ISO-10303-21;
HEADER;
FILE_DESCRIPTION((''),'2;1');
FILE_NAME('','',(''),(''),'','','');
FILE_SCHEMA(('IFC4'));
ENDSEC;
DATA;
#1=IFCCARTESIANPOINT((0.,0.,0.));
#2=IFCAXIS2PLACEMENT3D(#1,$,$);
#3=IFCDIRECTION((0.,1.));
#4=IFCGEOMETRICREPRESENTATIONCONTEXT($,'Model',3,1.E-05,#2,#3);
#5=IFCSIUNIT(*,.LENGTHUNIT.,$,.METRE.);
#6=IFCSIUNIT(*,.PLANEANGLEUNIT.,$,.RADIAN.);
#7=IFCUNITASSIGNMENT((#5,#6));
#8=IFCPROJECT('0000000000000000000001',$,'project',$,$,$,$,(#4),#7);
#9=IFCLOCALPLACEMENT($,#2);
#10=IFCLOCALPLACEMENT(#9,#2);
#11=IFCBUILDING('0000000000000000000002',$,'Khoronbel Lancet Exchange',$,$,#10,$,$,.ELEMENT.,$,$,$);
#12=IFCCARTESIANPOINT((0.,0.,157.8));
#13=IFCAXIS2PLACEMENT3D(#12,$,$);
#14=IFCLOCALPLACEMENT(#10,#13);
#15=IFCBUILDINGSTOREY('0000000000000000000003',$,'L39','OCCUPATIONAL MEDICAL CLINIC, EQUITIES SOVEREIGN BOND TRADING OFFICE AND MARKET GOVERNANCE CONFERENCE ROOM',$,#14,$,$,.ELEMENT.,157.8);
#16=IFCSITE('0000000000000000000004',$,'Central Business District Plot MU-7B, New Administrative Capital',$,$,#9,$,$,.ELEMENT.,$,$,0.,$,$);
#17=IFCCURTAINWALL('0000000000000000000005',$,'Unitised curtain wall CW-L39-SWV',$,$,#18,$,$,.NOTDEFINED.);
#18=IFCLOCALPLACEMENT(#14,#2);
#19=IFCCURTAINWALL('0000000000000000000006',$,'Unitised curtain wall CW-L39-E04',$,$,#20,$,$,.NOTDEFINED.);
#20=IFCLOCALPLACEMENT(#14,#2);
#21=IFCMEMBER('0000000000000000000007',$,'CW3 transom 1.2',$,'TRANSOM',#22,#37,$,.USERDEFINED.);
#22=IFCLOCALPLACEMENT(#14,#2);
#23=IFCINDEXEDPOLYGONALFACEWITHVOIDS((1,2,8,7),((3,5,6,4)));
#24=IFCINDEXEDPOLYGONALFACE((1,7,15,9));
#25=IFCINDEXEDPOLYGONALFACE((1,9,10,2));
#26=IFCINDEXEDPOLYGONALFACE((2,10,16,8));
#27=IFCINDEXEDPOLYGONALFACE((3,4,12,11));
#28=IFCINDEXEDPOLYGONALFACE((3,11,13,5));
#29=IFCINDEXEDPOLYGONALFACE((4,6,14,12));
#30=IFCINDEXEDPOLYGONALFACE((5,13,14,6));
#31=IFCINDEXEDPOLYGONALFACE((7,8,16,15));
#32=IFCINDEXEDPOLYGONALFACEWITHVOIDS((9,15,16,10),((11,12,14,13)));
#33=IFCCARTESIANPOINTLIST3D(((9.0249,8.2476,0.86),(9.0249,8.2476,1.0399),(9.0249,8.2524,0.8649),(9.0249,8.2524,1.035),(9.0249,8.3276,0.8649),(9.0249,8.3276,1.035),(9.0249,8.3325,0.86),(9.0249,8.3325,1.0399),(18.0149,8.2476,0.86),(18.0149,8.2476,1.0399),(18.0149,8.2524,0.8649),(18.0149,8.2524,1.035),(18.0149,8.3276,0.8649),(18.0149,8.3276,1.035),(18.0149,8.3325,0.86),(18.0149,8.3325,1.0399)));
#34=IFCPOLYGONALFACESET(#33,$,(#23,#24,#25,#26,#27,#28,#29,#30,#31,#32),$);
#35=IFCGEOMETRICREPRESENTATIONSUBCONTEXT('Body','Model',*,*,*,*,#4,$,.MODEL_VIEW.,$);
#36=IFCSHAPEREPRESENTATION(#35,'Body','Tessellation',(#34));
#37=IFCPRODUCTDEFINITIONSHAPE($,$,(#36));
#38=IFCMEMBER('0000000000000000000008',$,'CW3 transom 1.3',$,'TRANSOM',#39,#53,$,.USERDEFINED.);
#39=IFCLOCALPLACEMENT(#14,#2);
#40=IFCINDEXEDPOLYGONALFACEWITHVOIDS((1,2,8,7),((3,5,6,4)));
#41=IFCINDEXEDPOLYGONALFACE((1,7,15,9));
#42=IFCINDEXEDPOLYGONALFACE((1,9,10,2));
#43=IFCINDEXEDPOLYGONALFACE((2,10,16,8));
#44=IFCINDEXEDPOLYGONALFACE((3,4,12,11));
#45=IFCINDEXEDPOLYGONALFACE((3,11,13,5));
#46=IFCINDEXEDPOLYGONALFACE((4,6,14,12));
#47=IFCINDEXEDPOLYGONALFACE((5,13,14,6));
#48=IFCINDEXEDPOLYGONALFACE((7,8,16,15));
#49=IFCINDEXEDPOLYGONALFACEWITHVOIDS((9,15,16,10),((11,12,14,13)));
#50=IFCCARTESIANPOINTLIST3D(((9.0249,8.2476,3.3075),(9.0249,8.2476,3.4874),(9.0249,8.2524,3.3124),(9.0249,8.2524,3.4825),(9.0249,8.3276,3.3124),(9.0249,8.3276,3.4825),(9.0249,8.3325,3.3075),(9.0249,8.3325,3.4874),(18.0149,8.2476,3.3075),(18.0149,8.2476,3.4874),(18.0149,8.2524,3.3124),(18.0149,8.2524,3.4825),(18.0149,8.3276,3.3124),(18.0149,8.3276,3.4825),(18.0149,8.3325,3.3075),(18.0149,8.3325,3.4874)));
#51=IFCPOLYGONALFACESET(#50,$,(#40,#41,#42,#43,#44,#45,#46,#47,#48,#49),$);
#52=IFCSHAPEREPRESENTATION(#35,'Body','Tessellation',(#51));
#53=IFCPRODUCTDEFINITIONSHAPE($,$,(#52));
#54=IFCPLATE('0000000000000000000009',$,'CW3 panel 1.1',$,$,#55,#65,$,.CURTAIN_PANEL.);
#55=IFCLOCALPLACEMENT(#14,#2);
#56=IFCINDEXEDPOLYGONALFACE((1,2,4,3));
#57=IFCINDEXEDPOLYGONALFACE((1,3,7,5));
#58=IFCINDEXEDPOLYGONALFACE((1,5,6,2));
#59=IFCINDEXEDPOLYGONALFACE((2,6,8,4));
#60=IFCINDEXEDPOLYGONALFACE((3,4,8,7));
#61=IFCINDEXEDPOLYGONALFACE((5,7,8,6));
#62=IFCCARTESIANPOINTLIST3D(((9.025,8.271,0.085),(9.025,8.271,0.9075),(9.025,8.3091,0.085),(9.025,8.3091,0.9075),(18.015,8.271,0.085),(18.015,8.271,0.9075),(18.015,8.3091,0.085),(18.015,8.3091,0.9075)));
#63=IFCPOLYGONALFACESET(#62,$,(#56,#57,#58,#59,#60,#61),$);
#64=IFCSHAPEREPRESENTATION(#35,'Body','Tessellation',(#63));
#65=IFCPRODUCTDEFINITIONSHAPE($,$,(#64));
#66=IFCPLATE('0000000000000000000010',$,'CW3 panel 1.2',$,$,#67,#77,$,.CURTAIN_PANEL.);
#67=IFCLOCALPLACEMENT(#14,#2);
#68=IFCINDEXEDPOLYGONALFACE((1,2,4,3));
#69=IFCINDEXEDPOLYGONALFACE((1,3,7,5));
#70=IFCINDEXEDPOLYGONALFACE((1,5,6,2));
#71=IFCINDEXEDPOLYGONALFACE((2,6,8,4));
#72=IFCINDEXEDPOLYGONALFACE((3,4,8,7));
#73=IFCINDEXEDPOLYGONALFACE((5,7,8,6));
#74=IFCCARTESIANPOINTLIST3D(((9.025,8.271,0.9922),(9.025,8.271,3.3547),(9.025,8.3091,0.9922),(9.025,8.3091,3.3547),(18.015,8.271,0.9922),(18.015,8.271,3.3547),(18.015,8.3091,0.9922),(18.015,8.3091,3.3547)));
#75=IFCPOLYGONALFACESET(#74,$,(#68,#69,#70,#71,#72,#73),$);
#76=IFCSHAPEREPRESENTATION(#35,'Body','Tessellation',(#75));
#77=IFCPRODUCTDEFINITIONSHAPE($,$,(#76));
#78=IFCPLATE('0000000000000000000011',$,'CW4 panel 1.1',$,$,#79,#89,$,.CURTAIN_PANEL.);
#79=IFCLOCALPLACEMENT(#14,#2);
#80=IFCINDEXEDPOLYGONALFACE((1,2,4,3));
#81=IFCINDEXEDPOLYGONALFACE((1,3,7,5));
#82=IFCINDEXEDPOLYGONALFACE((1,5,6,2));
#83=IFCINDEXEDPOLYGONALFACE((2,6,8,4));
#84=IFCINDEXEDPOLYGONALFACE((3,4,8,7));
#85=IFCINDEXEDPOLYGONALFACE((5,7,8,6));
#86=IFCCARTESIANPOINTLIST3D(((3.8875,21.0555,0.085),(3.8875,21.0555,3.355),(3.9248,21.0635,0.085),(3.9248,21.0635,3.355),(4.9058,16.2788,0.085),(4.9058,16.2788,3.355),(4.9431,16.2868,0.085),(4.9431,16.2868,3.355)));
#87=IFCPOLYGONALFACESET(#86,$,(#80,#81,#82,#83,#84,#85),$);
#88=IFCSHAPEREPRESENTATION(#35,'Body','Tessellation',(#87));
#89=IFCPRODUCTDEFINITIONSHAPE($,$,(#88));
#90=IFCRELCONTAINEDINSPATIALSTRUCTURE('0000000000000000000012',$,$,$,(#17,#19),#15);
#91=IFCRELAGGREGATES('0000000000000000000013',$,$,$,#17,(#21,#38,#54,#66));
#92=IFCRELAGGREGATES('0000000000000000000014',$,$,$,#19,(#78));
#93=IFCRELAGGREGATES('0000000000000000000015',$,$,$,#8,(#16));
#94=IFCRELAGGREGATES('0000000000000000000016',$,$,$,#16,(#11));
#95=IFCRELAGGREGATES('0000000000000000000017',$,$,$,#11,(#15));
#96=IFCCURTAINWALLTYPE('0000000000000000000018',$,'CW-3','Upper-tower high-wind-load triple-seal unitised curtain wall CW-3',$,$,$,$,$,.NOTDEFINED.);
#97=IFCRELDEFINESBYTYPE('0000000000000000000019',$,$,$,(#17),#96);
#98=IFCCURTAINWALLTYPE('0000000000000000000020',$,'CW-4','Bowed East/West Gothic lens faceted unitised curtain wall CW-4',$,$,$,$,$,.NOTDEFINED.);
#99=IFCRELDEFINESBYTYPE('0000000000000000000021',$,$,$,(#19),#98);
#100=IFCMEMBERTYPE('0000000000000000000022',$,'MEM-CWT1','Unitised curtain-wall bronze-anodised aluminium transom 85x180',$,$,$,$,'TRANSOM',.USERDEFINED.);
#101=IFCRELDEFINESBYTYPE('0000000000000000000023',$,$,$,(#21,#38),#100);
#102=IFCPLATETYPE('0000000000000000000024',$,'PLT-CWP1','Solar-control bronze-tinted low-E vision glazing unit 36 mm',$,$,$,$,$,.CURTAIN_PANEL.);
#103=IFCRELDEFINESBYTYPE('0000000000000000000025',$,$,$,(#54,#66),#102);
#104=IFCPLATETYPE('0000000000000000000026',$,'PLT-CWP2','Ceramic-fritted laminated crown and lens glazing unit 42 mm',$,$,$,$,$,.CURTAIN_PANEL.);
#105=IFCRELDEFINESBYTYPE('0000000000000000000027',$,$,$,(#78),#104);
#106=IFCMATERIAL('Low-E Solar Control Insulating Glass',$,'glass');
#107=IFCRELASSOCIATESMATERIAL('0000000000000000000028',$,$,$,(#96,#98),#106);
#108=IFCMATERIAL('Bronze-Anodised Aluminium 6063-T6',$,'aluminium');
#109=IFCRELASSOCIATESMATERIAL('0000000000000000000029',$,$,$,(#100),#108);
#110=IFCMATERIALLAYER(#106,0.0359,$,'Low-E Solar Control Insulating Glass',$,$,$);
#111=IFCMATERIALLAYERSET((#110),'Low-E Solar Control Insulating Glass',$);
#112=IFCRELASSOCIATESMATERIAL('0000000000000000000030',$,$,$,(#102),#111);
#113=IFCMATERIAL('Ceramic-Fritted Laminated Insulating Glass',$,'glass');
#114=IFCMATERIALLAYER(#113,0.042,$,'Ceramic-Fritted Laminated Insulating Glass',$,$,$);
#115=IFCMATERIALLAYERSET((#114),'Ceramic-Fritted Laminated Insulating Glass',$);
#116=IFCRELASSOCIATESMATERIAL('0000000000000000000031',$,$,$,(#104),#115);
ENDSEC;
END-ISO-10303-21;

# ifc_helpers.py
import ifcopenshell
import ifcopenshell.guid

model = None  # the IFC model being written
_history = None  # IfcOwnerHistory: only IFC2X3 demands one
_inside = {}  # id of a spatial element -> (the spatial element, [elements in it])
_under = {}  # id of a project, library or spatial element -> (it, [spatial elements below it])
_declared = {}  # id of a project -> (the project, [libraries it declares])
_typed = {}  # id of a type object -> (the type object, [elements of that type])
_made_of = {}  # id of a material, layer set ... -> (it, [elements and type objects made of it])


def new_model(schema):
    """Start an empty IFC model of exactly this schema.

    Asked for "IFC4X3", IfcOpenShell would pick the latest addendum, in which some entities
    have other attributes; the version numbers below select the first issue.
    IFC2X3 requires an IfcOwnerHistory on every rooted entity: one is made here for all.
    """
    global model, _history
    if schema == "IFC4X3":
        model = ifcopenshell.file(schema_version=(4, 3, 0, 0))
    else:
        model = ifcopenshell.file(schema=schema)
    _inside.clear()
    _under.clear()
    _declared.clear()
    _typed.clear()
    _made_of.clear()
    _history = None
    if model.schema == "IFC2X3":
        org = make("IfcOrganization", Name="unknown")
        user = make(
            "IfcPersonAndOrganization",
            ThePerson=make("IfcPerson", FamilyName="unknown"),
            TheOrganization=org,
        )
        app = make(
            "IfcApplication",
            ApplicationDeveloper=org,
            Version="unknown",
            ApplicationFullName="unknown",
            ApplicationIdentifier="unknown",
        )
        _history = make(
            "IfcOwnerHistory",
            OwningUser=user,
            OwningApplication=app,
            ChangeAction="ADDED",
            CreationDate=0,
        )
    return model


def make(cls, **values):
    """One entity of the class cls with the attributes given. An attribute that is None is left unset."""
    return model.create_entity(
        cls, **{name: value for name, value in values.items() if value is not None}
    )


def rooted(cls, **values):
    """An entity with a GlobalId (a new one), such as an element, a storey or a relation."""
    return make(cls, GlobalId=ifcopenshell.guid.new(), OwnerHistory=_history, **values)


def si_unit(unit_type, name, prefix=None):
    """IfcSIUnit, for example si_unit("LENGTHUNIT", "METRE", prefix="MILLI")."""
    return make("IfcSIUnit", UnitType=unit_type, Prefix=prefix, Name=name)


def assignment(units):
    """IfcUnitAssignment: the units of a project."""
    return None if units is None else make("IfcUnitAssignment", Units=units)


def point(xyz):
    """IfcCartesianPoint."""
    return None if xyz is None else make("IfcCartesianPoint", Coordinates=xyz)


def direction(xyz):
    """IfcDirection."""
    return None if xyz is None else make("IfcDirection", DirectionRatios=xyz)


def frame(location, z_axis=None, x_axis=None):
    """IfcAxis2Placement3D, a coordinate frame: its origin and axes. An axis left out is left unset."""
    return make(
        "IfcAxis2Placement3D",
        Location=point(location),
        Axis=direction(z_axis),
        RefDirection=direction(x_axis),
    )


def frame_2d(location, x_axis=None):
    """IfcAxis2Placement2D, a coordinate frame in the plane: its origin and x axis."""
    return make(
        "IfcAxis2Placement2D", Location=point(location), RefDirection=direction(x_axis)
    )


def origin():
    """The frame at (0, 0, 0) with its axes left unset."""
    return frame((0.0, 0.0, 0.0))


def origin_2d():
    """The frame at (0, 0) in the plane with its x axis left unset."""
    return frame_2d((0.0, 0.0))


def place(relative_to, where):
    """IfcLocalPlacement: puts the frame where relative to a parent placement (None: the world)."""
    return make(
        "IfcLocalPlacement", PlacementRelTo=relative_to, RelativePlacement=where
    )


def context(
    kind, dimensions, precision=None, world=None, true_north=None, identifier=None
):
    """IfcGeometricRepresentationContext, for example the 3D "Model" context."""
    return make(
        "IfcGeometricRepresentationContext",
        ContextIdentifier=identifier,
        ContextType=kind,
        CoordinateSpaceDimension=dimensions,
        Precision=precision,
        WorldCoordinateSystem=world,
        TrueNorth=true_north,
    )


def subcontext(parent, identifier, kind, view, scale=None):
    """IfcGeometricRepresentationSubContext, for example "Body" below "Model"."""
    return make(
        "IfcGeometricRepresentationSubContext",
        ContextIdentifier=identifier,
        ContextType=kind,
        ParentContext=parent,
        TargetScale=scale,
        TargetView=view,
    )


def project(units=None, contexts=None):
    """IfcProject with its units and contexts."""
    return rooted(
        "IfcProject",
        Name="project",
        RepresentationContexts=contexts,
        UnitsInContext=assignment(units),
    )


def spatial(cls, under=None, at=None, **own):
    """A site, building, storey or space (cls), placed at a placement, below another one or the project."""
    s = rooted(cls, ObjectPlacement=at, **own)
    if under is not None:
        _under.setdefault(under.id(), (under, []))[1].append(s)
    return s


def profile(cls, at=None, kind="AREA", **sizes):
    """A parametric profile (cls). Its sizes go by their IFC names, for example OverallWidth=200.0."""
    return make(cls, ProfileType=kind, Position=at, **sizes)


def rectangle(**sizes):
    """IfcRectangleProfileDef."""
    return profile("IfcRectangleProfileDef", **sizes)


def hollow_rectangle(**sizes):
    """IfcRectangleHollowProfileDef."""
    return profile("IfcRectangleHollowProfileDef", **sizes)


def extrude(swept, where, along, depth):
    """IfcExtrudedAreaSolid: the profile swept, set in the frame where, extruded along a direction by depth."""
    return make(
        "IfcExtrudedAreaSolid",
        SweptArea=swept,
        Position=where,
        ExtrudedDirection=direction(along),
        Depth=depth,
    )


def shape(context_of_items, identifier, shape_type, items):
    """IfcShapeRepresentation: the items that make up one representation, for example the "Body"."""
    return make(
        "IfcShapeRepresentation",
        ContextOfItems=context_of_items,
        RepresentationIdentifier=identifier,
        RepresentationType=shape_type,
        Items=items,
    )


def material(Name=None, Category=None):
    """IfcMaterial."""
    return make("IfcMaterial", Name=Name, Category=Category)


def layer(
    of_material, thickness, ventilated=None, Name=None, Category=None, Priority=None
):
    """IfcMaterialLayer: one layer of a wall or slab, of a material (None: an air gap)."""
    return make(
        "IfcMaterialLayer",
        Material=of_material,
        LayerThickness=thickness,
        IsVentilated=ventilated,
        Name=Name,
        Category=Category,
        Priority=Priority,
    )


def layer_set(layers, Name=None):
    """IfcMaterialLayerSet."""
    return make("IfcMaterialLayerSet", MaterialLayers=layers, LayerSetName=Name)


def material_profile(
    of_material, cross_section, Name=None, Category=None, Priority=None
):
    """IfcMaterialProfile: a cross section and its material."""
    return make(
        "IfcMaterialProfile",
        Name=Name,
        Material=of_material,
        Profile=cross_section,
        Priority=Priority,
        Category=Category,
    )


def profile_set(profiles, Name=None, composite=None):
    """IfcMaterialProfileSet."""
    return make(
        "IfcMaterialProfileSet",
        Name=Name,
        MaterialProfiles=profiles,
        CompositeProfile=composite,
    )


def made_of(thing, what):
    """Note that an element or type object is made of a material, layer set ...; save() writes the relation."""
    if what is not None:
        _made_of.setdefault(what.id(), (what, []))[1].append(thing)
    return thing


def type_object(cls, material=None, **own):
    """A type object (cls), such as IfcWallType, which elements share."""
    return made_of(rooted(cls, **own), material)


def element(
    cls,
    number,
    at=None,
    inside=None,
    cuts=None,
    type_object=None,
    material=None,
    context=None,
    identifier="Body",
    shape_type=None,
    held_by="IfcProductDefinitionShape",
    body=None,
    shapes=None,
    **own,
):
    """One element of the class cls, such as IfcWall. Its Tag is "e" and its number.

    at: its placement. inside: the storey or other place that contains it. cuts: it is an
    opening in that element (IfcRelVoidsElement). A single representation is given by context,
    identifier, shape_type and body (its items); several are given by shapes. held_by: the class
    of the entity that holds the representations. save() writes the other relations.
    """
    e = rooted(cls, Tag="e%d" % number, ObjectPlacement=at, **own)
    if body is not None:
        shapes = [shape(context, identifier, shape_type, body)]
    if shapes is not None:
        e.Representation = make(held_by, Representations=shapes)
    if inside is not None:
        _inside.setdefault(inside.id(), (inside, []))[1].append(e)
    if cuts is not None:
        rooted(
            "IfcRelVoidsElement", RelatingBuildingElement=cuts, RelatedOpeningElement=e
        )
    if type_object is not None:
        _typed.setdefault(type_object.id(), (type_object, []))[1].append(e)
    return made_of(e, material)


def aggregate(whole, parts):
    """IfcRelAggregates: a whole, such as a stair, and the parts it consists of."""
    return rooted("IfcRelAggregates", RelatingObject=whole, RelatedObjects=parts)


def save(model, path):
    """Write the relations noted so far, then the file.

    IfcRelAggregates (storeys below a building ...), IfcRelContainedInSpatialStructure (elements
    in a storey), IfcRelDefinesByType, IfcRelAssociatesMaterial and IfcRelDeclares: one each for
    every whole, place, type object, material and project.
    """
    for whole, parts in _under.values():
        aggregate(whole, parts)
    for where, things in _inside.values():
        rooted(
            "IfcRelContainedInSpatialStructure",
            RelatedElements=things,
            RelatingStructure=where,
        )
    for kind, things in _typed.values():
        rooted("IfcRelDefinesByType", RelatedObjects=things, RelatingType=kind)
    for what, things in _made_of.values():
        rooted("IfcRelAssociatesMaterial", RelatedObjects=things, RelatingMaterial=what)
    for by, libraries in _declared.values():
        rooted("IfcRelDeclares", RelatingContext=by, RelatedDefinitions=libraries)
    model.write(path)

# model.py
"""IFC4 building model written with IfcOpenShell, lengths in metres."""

from ifc_helpers import new_model, si_unit, direction, frame, origin, origin_2d, place, context, subcontext, project, spatial, rectangle, hollow_rectangle, extrude, material, layer, layer_set, material_profile, profile_set, type_object, element, aggregate, save


model = new_model("IFC4")

# Units and contexts
model_context = context("Model", 3, precision=1e-05, world=origin(), true_north=direction((0.0, 1.0)))
body_context = subcontext(model_context, "Body", "Model", "MODEL_VIEW")
ifc_project = project(units=[si_unit("LENGTHUNIT", "METRE"), si_unit("PLANEANGLEUNIT", "RADIAN")], contexts=[model_context])

# Site, building, storey
site_placement = place(None, origin())
site = spatial("IfcSite", under=ifc_project, at=site_placement, Name="Central Business District Plot MU-7B, New Administrative Capital", CompositionType="ELEMENT", RefElevation=0.0)
building_placement = place(site_placement, origin())
building = spatial("IfcBuilding", under=site, at=building_placement, Name="Khoronbel Lancet Exchange", CompositionType="ELEMENT")
storey_placement = place(building_placement, frame((0.0, 0.0, 157.8)))
storey = spatial("IfcBuildingStorey", under=building, at=storey_placement, Name="L39", Description="OCCUPATIONAL MEDICAL CLINIC, EQUITIES SOVEREIGN BOND TRADING OFFICE AND MARKET GOVERNANCE CONFERENCE ROOM", CompositionType="ELEMENT", Elevation=157.8)

# Curtain wall
ifc_material_1 = material(Name="Low-E Solar Control Insulating Glass", Category="glass")
curtain_wall_type_1 = type_object("IfcCurtainWallType", Name="CW-3", Description="Upper-tower high-wind-load triple-seal unitised curtain wall CW-3", PredefinedType="NOTDEFINED", material=ifc_material_1)
curtain_wall_1_placement = place(storey_placement, origin())
curtain_wall_1 = element("IfcCurtainWall", 1, at=curtain_wall_1_placement, inside=storey, type_object=curtain_wall_type_1, Name="Unitised curtain wall CW-L39-SWV", PredefinedType="NOTDEFINED")
ifc_material_2 = material(Name="Bronze-Anodised Aluminium 6063-T6", Category="aluminium")

# Curtain wall
curtain_wall_type_2 = type_object("IfcCurtainWallType", Name="CW-4", Description="Bowed East/West Gothic lens faceted unitised curtain wall CW-4", PredefinedType="NOTDEFINED", material=ifc_material_1)
curtain_wall_2_placement = place(storey_placement, origin())
curtain_wall_2 = element("IfcCurtainWall", 2, at=curtain_wall_2_placement, inside=storey, type_object=curtain_wall_type_2, Name="Unitised curtain wall CW-L39-E04", PredefinedType="NOTDEFINED")
ifc_material_profile_1 = material_profile(ifc_material_2, hollow_rectangle(XDim=0.085, YDim=0.1799, WallThickness=0.0049, at=origin_2d()), Name="ALU TRANSOM 85x180")
ifc_profile_set_1 = profile_set([ifc_material_profile_1], Name="Bronze-Anodised Aluminium 6063-T6")
member_type_1 = type_object("IfcMemberType", Name="MEM-CWT1", Description="Unitised curtain-wall bronze-anodised aluminium transom 85x180", ElementType="TRANSOM", PredefinedType="USERDEFINED", material=ifc_profile_set_1)

# Members
member_1_placement = place(storey_placement, frame((9.0249, 8.29, 0.95), z_axis=(1.0, 0.0, 0.0), x_axis=(0.0, 1.0, 0.0)))
member_1 = element("IfcMember", 3, at=member_1_placement, type_object=member_type_1, Name="CW3 transom 1.2", ObjectType="TRANSOM", PredefinedType="USERDEFINED", context=body_context, shape_type="SweptSolid", body=[
    extrude(hollow_rectangle(XDim=0.085, YDim=0.1799, WallThickness=0.0049, at=origin_2d()), origin(), (0.0, 0.0, 1.0), 8.99),
])
member_2_placement = place(storey_placement, frame((9.0249, 8.29, 3.3975), z_axis=(1.0, 0.0, 0.0), x_axis=(0.0, 1.0, 0.0)))
member_2 = element("IfcMember", 4, at=member_2_placement, type_object=member_type_1, Name="CW3 transom 1.3", ObjectType="TRANSOM", PredefinedType="USERDEFINED", context=body_context, shape_type="SweptSolid", body=[
    extrude(hollow_rectangle(XDim=0.085, YDim=0.1799, WallThickness=0.0049, at=origin_2d()), origin(), (0.0, 0.0, 1.0), 8.99),
])

# Plates
ifc_layer_1 = layer(ifc_material_1, 0.0359, Name="Low-E Solar Control Insulating Glass")
ifc_layer_set_1 = layer_set([ifc_layer_1], Name="Low-E Solar Control Insulating Glass")
plate_type_1 = type_object("IfcPlateType", Name="PLT-CWP1", Description="Solar-control bronze-tinted low-E vision glazing unit 36 mm", PredefinedType="CURTAIN_PANEL", material=ifc_layer_set_1)
plate_1_placement = place(storey_placement, frame((13.52, 8.29, 0.085), z_axis=(0.0, 0.0, 1.0), x_axis=(1.0, 0.0, 0.0)))
plate_1 = element("IfcPlate", 5, at=plate_1_placement, type_object=plate_type_1, Name="CW3 panel 1.1", PredefinedType="CURTAIN_PANEL", context=body_context, shape_type="SweptSolid", body=[
    extrude(rectangle(XDim=8.99, YDim=0.0381, at=origin_2d()), origin(), (0.0, 0.0, 1.0), 0.8225),
])
plate_2_placement = place(storey_placement, frame((13.52, 8.29, 0.9922), z_axis=(0.0, 0.0, 1.0), x_axis=(1.0, 0.0, 0.0)))
plate_2 = element("IfcPlate", 6, at=plate_2_placement, type_object=plate_type_1, Name="CW3 panel 1.2", PredefinedType="CURTAIN_PANEL", context=body_context, shape_type="SweptSolid", body=[
    extrude(rectangle(XDim=8.99, YDim=0.0381, at=origin_2d()), origin(), (0.0, 0.0, 1.0), 2.3625),
])
aggregate(curtain_wall_1, [member_1, member_2, plate_1, plate_2])
ifc_material_3 = material(Name="Ceramic-Fritted Laminated Insulating Glass", Category="glass")
ifc_layer_2 = layer(ifc_material_3, 0.042, Name="Ceramic-Fritted Laminated Insulating Glass")
ifc_layer_set_2 = layer_set([ifc_layer_2], Name="Ceramic-Fritted Laminated Insulating Glass")
plate_type_2 = type_object("IfcPlateType", Name="PLT-CWP2", Description="Ceramic-fritted laminated crown and lens glazing unit 42 mm", PredefinedType="CURTAIN_PANEL", material=ifc_layer_set_2)
plate_3_placement = place(storey_placement, frame((4.4153, 18.6711, 0.085), z_axis=(0.0, 0.0, 1.0), x_axis=(-0.208497, 0.978023, 0.0)))
plate_3 = element("IfcPlate", 7, at=plate_3_placement, type_object=plate_type_2, Name="CW4 panel 1.1", PredefinedType="CURTAIN_PANEL", context=body_context, shape_type="SweptSolid", body=[
    extrude(rectangle(XDim=4.884, YDim=0.0381, at=origin_2d()), origin(), (0.0, 0.0, 1.0), 3.27),
])
aggregate(curtain_wall_2, [plate_3])

save(model, "model.ifc")
